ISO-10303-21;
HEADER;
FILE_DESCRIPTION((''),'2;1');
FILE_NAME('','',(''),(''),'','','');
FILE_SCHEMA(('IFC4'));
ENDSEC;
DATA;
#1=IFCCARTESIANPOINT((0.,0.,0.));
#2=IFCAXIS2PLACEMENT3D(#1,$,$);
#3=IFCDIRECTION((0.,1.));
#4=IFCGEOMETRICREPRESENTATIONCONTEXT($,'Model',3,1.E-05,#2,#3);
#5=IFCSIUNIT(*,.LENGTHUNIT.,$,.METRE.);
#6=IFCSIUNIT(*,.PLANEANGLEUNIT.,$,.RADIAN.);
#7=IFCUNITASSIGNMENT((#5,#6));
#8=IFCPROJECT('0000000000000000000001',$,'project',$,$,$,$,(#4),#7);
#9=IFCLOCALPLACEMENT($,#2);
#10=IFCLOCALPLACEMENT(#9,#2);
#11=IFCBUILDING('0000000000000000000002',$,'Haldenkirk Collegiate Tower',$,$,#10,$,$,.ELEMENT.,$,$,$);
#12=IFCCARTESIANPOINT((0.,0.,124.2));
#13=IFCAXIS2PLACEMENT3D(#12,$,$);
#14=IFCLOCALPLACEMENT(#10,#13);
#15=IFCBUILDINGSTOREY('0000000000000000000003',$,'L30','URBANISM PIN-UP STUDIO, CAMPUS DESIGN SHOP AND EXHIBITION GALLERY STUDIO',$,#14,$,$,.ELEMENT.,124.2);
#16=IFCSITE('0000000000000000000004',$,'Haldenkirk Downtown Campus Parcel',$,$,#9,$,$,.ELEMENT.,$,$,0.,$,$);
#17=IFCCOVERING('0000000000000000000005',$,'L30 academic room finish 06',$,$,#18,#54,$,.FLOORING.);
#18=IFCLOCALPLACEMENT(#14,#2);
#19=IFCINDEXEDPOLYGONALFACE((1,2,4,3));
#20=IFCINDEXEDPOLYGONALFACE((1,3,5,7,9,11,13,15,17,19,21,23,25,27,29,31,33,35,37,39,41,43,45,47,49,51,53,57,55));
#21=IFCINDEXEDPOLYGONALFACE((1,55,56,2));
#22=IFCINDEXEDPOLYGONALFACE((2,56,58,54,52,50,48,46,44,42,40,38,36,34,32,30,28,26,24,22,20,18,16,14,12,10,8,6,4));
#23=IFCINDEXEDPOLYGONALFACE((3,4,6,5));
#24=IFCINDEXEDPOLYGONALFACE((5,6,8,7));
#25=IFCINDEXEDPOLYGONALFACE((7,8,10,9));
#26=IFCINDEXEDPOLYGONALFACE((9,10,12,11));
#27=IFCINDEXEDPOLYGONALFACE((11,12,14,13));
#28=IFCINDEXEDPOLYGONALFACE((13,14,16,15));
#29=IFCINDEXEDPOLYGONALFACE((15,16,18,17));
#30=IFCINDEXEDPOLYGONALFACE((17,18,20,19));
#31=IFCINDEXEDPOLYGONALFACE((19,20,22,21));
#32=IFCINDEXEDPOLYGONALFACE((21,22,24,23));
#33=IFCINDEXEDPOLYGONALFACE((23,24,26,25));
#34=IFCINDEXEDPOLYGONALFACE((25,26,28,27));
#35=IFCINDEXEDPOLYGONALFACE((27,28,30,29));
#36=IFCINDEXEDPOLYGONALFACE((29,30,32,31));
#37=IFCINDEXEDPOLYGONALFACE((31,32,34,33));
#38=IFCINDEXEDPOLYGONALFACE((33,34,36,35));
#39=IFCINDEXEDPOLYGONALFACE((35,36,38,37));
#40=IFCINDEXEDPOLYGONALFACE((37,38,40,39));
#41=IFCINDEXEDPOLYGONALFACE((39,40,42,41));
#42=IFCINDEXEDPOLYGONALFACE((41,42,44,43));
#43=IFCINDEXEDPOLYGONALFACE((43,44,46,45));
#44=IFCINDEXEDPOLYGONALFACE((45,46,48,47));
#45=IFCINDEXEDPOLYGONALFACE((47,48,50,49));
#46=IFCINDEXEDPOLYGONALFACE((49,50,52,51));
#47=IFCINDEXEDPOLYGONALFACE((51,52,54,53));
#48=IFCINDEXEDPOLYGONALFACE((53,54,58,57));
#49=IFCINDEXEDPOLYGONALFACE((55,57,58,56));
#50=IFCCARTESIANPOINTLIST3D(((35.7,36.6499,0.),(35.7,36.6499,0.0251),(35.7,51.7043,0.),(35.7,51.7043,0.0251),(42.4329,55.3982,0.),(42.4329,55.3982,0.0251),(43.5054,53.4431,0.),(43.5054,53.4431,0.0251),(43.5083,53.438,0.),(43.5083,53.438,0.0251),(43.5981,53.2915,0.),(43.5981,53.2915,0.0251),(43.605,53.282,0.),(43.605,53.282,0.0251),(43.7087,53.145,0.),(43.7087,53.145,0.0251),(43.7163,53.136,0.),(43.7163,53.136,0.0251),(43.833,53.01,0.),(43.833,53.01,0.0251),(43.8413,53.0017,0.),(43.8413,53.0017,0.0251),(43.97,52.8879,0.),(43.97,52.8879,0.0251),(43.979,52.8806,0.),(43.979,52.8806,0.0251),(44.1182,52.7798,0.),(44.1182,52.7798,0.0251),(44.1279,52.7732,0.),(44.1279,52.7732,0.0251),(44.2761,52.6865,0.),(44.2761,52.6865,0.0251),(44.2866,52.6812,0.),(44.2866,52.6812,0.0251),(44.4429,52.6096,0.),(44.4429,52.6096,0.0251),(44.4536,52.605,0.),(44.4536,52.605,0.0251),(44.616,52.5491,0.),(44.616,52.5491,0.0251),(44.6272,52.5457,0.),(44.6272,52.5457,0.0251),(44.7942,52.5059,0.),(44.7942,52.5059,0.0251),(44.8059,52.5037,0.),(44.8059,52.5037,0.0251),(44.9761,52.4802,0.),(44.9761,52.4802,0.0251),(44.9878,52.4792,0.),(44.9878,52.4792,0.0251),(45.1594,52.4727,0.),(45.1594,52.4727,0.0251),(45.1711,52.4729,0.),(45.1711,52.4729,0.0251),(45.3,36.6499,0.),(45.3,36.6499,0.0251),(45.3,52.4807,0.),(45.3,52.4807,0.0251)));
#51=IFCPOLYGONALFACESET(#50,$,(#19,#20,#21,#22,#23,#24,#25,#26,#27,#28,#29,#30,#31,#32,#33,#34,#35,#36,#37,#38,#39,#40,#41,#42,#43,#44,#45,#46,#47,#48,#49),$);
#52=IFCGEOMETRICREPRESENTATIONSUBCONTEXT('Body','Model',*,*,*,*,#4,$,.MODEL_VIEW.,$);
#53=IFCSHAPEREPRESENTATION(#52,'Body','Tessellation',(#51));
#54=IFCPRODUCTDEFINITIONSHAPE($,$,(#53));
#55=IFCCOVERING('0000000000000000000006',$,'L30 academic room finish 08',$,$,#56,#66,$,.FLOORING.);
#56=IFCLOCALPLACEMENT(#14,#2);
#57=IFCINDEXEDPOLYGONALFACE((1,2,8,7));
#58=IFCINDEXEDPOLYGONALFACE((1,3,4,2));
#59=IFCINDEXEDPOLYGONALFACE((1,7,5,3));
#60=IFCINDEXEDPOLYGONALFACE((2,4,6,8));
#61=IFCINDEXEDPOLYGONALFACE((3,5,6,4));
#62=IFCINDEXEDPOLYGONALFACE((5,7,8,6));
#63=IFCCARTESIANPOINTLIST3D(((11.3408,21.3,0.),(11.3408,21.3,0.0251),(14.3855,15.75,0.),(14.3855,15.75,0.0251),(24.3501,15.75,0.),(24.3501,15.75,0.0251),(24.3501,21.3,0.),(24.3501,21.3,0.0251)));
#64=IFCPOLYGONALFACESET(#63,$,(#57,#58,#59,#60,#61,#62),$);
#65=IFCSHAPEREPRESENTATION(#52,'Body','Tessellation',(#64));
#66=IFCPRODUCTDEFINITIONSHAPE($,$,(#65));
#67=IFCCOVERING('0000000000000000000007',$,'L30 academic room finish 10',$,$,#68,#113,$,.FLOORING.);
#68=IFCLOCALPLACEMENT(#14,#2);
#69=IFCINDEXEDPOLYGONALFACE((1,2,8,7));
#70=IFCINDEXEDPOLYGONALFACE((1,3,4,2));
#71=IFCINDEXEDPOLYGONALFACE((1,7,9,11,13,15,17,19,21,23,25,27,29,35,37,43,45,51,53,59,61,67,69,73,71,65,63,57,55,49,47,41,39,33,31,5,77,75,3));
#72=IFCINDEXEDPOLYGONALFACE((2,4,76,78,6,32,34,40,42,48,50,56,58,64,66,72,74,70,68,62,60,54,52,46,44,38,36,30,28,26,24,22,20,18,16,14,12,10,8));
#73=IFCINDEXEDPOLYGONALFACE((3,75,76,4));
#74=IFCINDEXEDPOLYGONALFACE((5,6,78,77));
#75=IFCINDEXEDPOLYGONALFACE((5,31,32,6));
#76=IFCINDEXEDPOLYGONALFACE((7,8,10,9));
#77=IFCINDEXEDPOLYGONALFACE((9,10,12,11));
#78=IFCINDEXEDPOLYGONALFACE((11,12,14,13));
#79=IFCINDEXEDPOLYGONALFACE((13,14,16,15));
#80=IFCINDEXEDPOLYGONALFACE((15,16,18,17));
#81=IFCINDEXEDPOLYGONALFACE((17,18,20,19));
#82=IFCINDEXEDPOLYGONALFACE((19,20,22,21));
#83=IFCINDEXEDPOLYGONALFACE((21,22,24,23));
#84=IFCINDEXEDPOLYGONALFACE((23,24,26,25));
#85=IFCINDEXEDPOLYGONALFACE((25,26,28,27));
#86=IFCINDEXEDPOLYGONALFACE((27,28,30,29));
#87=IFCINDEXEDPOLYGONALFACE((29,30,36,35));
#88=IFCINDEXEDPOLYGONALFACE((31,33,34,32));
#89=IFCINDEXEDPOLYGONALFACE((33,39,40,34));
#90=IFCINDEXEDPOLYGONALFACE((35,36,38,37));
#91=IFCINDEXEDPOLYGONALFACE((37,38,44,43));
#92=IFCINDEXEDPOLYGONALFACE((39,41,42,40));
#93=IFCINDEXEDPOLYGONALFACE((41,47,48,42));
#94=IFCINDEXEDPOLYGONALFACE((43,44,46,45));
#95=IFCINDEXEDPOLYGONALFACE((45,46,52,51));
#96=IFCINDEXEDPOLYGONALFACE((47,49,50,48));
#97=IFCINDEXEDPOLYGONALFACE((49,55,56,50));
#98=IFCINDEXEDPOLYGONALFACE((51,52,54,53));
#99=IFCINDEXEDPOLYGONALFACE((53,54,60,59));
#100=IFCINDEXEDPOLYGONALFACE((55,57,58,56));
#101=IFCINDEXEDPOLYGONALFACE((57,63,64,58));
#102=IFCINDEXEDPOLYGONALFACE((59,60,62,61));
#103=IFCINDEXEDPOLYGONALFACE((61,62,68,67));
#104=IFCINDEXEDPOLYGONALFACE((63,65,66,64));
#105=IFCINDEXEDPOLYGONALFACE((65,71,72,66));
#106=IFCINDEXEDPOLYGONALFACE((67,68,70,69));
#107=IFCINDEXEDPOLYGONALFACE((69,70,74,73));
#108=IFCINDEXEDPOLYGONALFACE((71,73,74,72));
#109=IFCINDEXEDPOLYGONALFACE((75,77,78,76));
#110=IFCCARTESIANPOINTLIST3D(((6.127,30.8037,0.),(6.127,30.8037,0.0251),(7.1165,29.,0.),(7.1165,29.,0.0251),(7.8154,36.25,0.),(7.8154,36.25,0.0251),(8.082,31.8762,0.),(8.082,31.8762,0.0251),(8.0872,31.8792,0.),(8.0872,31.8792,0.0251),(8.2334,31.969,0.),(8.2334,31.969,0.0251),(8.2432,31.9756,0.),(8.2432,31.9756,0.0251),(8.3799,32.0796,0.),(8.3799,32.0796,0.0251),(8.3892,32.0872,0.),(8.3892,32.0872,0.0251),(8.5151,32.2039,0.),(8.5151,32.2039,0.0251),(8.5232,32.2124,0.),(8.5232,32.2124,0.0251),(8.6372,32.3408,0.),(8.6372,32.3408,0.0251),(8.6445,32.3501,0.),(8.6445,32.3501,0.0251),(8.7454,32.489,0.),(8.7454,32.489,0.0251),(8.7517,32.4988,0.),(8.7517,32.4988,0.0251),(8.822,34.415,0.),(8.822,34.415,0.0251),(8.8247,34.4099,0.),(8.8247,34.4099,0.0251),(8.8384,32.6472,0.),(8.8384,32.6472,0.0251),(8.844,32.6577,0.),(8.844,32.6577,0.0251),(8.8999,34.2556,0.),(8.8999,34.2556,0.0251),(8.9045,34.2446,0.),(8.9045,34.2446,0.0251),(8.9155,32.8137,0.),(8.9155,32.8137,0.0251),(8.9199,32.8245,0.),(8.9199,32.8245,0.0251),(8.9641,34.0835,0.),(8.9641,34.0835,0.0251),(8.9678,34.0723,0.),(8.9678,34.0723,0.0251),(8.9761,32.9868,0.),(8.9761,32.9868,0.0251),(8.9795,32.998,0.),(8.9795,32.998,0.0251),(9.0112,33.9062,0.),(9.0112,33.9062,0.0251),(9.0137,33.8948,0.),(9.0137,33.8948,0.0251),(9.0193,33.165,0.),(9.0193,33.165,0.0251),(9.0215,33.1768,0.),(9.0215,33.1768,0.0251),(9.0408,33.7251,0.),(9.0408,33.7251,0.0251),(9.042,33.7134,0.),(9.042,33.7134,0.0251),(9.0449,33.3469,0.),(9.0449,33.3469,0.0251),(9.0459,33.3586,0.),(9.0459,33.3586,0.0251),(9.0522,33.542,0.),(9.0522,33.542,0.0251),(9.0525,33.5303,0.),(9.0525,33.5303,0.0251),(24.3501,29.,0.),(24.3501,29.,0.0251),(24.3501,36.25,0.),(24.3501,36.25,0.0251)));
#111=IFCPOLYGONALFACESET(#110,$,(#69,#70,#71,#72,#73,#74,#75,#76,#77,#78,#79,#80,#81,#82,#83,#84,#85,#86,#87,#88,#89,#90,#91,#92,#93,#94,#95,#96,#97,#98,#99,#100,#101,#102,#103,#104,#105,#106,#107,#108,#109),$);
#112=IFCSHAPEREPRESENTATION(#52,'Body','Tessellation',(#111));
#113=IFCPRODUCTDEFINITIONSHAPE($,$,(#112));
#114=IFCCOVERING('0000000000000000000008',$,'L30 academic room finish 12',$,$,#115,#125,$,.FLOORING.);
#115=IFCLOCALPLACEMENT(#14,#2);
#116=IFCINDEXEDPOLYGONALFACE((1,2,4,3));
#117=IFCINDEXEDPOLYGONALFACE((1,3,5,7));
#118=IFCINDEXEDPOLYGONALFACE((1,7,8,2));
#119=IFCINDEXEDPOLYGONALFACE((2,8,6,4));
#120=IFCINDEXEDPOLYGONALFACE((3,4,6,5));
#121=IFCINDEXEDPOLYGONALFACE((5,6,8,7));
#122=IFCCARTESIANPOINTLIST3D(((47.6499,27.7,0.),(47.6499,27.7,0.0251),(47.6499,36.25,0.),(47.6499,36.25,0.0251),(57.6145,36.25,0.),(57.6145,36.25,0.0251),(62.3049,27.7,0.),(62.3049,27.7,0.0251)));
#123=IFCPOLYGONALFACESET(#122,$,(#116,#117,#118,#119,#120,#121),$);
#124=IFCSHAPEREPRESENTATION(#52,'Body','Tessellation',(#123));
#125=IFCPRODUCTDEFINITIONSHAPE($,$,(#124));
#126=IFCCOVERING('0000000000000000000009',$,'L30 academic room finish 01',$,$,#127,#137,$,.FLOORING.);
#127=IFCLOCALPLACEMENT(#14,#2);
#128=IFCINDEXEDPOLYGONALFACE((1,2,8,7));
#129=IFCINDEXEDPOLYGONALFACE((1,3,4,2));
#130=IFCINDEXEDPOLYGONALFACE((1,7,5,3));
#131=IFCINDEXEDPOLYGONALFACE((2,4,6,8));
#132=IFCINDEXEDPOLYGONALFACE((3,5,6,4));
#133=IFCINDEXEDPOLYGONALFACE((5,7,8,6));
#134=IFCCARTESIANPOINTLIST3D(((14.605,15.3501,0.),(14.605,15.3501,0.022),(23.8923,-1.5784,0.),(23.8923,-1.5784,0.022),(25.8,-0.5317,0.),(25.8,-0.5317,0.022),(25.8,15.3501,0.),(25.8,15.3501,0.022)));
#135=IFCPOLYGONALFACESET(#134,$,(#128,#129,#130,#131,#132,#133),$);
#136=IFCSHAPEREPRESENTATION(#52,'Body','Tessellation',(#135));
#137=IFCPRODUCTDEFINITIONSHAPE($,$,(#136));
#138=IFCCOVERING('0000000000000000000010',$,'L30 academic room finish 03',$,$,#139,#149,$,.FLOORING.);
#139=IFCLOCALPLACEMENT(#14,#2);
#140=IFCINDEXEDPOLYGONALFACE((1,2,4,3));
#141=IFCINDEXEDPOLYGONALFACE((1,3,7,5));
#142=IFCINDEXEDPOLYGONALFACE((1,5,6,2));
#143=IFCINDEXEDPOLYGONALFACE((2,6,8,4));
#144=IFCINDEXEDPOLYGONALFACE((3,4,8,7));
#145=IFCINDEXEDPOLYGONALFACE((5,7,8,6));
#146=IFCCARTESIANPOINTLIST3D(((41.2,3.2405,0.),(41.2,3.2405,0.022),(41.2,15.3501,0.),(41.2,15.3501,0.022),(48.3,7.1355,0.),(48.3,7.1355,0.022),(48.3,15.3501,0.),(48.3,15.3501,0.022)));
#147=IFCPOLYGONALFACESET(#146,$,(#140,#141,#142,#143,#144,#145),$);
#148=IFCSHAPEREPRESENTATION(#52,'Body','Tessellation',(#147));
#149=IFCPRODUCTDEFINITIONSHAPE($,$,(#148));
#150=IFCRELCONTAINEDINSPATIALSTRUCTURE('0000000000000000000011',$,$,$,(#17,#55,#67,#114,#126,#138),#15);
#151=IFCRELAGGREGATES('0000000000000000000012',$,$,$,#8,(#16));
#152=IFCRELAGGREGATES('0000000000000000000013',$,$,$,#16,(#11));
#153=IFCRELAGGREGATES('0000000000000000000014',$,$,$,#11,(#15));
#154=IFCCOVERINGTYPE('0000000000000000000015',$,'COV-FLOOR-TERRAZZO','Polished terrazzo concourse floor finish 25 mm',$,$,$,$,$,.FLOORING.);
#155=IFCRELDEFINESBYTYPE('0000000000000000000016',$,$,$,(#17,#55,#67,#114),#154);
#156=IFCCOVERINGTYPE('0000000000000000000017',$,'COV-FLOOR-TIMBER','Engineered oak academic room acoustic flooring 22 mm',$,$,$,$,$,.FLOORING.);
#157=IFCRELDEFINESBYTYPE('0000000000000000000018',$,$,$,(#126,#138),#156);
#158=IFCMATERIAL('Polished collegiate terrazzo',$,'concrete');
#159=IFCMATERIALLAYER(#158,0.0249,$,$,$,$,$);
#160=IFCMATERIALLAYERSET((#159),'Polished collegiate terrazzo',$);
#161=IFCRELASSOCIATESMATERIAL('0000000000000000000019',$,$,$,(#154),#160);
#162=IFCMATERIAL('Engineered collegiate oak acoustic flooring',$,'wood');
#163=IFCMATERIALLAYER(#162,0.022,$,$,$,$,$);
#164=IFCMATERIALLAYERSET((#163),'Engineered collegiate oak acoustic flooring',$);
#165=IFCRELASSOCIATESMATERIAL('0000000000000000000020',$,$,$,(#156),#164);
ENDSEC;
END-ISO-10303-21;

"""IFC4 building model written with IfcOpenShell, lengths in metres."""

from ifc_helpers import new_model, si_unit, direction, frame, origin, place, context, subcontext, project, spatial, polyline, outline, extrude, material, layer, layer_set, type_object, element, save


model = new_model("IFC4")

# Units and contexts
model_context = context("Model", 3, precision=1e-05, world=origin(), true_north=direction((0.0, 1.0)))
body_context = subcontext(model_context, "Body", "Model", "MODEL_VIEW")
ifc_project = project(units=[si_unit("LENGTHUNIT", "METRE"), si_unit("PLANEANGLEUNIT", "RADIAN")], contexts=[model_context])

# Site, building, storey
site_placement = place(None, origin())
site = spatial("IfcSite", under=ifc_project, at=site_placement, Name="Haldenkirk Downtown Campus Parcel", CompositionType="ELEMENT", RefElevation=0.0)
building_placement = place(site_placement, origin())
building = spatial("IfcBuilding", under=site, at=building_placement, Name="Haldenkirk Collegiate Tower", CompositionType="ELEMENT")
storey_placement = place(building_placement, frame((0.0, 0.0, 124.2)))
storey = spatial("IfcBuildingStorey", under=building, at=storey_placement, Name="L30", Description="URBANISM PIN-UP STUDIO, CAMPUS DESIGN SHOP AND EXHIBITION GALLERY STUDIO", CompositionType="ELEMENT", Elevation=124.2)

# Coverings
ifc_material_1 = material(Name="Polished collegiate terrazzo", Category="concrete")
ifc_layer_1 = layer(ifc_material_1, 0.0249)
ifc_layer_set_1 = layer_set([ifc_layer_1], Name="Polished collegiate terrazzo")
covering_type_1 = type_object("IfcCoveringType", Name="COV-FLOOR-TERRAZZO", Description="Polished terrazzo concourse floor finish 25 mm", PredefinedType="FLOORING", material=ifc_layer_set_1)
covering_1_placement = place(storey_placement, origin())
element("IfcCovering", 1, at=covering_1_placement, inside=storey, type_object=covering_type_1, Name="L30 academic room finish 06", PredefinedType="FLOORING", context=body_context, shape_type="SweptSolid", body=[
    extrude(outline(polyline([(43.5054, 53.4431), (43.5083, 53.438), (43.5981, 53.2915), (43.605, 53.282), (43.7087, 53.145), (43.7163, 53.136), (43.833, 53.01), (43.8413, 53.0017), (43.97, 52.8879), (43.979, 52.8806), (44.1182, 52.7798), (44.1279, 52.7732), (44.2761, 52.6865), (44.2866, 52.6812), (44.4429, 52.6096), (44.4536, 52.605), (44.616, 52.5491), (44.6272, 52.5457), (44.7942, 52.5059), (44.8059, 52.5037), (44.9761, 52.4802), (44.9878, 52.4792), (45.1594, 52.4727), (45.1711, 52.4729), (45.3, 52.4807), (45.3, 36.6499), (35.7, 36.6499), (35.7, 51.7043), (42.4329, 55.3982), (43.5054, 53.4431)])), origin(), (0.0, 0.0, 1.0), 0.0251),
])
covering_2_placement = place(storey_placement, origin())
element("IfcCovering", 2, at=covering_2_placement, inside=storey, type_object=covering_type_1, Name="L30 academic room finish 08", PredefinedType="FLOORING", context=body_context, shape_type="SweptSolid", body=[
    extrude(outline(polyline([(11.3408, 21.3), (24.3501, 21.3), (24.3501, 15.75), (14.3855, 15.75), (11.3408, 21.3)])), origin(), (0.0, 0.0, 1.0), 0.0251),
])
covering_3_placement = place(storey_placement, origin())
element("IfcCovering", 3, at=covering_3_placement, inside=storey, type_object=covering_type_1, Name="L30 academic room finish 10", PredefinedType="FLOORING", context=body_context, shape_type="SweptSolid", body=[
    extrude(outline(polyline([(8.082, 31.8762), (8.0872, 31.8792), (8.2334, 31.969), (8.2432, 31.9756), (8.3799, 32.0796), (8.3892, 32.0872), (8.5151, 32.2039), (8.5232, 32.2124), (8.6372, 32.3408), (8.6445, 32.3501), (8.7454, 32.489), (8.7517, 32.4988), (8.8384, 32.6472), (8.844, 32.6577), (8.9155, 32.8137), (8.9199, 32.8245), (8.9761, 32.9868), (8.9795, 32.998), (9.0193, 33.165), (9.0215, 33.1768), (9.0449, 33.3469), (9.0459, 33.3586), (9.0525, 33.5303), (9.0522, 33.542), (9.042, 33.7134), (9.0408, 33.7251), (9.0137, 33.8948), (9.0112, 33.9062), (8.9678, 34.0723), (8.9641, 34.0835), (8.9045, 34.2446), (8.8999, 34.2556), (8.8247, 34.4099), (8.822, 34.415), (7.8154, 36.25), (24.3501, 36.25), (24.3501, 29.0), (7.1165, 29.0), (6.127, 30.8037), (8.082, 31.8762)])), origin(), (0.0, 0.0, 1.0), 0.0251),
])
covering_4_placement = place(storey_placement, origin())
element("IfcCovering", 4, at=covering_4_placement, inside=storey, type_object=covering_type_1, Name="L30 academic room finish 12", PredefinedType="FLOORING", context=body_context, shape_type="SweptSolid", body=[
    extrude(outline(polyline([(62.3049, 27.7), (47.6499, 27.7), (47.6499, 36.25), (57.6145, 36.25), (62.3049, 27.7)])), origin(), (0.0, 0.0, 1.0), 0.0251),
])
ifc_material_2 = material(Name="Engineered collegiate oak acoustic flooring", Category="wood")
ifc_layer_2 = layer(ifc_material_2, 0.022)
ifc_layer_set_2 = layer_set([ifc_layer_2], Name="Engineered collegiate oak acoustic flooring")
covering_type_2 = type_object("IfcCoveringType", Name="COV-FLOOR-TIMBER", Description="Engineered oak academic room acoustic flooring 22 mm", PredefinedType="FLOORING", material=ifc_layer_set_2)
covering_5_placement = place(storey_placement, origin())
element("IfcCovering", 5, at=covering_5_placement, inside=storey, type_object=covering_type_2, Name="L30 academic room finish 01", PredefinedType="FLOORING", context=body_context, shape_type="SweptSolid", body=[
    extrude(outline(polyline([(25.8, -0.5317), (23.8923, -1.5784), (14.605, 15.3501), (25.8, 15.3501), (25.8, -0.5317)])), origin(), (0.0, 0.0, 1.0), 0.022),
])
covering_6_placement = place(storey_placement, origin())
element("IfcCovering", 6, at=covering_6_placement, inside=storey, type_object=covering_type_2, Name="L30 academic room finish 03", PredefinedType="FLOORING", context=body_context, shape_type="SweptSolid", body=[
    extrude(outline(polyline([(41.2, 3.2405), (41.2, 15.3501), (48.3, 15.3501), (48.3, 7.1355), (41.2, 3.2405)])), origin(), (0.0, 0.0, 1.0), 0.022),
])

save(model, "model.ifc")
